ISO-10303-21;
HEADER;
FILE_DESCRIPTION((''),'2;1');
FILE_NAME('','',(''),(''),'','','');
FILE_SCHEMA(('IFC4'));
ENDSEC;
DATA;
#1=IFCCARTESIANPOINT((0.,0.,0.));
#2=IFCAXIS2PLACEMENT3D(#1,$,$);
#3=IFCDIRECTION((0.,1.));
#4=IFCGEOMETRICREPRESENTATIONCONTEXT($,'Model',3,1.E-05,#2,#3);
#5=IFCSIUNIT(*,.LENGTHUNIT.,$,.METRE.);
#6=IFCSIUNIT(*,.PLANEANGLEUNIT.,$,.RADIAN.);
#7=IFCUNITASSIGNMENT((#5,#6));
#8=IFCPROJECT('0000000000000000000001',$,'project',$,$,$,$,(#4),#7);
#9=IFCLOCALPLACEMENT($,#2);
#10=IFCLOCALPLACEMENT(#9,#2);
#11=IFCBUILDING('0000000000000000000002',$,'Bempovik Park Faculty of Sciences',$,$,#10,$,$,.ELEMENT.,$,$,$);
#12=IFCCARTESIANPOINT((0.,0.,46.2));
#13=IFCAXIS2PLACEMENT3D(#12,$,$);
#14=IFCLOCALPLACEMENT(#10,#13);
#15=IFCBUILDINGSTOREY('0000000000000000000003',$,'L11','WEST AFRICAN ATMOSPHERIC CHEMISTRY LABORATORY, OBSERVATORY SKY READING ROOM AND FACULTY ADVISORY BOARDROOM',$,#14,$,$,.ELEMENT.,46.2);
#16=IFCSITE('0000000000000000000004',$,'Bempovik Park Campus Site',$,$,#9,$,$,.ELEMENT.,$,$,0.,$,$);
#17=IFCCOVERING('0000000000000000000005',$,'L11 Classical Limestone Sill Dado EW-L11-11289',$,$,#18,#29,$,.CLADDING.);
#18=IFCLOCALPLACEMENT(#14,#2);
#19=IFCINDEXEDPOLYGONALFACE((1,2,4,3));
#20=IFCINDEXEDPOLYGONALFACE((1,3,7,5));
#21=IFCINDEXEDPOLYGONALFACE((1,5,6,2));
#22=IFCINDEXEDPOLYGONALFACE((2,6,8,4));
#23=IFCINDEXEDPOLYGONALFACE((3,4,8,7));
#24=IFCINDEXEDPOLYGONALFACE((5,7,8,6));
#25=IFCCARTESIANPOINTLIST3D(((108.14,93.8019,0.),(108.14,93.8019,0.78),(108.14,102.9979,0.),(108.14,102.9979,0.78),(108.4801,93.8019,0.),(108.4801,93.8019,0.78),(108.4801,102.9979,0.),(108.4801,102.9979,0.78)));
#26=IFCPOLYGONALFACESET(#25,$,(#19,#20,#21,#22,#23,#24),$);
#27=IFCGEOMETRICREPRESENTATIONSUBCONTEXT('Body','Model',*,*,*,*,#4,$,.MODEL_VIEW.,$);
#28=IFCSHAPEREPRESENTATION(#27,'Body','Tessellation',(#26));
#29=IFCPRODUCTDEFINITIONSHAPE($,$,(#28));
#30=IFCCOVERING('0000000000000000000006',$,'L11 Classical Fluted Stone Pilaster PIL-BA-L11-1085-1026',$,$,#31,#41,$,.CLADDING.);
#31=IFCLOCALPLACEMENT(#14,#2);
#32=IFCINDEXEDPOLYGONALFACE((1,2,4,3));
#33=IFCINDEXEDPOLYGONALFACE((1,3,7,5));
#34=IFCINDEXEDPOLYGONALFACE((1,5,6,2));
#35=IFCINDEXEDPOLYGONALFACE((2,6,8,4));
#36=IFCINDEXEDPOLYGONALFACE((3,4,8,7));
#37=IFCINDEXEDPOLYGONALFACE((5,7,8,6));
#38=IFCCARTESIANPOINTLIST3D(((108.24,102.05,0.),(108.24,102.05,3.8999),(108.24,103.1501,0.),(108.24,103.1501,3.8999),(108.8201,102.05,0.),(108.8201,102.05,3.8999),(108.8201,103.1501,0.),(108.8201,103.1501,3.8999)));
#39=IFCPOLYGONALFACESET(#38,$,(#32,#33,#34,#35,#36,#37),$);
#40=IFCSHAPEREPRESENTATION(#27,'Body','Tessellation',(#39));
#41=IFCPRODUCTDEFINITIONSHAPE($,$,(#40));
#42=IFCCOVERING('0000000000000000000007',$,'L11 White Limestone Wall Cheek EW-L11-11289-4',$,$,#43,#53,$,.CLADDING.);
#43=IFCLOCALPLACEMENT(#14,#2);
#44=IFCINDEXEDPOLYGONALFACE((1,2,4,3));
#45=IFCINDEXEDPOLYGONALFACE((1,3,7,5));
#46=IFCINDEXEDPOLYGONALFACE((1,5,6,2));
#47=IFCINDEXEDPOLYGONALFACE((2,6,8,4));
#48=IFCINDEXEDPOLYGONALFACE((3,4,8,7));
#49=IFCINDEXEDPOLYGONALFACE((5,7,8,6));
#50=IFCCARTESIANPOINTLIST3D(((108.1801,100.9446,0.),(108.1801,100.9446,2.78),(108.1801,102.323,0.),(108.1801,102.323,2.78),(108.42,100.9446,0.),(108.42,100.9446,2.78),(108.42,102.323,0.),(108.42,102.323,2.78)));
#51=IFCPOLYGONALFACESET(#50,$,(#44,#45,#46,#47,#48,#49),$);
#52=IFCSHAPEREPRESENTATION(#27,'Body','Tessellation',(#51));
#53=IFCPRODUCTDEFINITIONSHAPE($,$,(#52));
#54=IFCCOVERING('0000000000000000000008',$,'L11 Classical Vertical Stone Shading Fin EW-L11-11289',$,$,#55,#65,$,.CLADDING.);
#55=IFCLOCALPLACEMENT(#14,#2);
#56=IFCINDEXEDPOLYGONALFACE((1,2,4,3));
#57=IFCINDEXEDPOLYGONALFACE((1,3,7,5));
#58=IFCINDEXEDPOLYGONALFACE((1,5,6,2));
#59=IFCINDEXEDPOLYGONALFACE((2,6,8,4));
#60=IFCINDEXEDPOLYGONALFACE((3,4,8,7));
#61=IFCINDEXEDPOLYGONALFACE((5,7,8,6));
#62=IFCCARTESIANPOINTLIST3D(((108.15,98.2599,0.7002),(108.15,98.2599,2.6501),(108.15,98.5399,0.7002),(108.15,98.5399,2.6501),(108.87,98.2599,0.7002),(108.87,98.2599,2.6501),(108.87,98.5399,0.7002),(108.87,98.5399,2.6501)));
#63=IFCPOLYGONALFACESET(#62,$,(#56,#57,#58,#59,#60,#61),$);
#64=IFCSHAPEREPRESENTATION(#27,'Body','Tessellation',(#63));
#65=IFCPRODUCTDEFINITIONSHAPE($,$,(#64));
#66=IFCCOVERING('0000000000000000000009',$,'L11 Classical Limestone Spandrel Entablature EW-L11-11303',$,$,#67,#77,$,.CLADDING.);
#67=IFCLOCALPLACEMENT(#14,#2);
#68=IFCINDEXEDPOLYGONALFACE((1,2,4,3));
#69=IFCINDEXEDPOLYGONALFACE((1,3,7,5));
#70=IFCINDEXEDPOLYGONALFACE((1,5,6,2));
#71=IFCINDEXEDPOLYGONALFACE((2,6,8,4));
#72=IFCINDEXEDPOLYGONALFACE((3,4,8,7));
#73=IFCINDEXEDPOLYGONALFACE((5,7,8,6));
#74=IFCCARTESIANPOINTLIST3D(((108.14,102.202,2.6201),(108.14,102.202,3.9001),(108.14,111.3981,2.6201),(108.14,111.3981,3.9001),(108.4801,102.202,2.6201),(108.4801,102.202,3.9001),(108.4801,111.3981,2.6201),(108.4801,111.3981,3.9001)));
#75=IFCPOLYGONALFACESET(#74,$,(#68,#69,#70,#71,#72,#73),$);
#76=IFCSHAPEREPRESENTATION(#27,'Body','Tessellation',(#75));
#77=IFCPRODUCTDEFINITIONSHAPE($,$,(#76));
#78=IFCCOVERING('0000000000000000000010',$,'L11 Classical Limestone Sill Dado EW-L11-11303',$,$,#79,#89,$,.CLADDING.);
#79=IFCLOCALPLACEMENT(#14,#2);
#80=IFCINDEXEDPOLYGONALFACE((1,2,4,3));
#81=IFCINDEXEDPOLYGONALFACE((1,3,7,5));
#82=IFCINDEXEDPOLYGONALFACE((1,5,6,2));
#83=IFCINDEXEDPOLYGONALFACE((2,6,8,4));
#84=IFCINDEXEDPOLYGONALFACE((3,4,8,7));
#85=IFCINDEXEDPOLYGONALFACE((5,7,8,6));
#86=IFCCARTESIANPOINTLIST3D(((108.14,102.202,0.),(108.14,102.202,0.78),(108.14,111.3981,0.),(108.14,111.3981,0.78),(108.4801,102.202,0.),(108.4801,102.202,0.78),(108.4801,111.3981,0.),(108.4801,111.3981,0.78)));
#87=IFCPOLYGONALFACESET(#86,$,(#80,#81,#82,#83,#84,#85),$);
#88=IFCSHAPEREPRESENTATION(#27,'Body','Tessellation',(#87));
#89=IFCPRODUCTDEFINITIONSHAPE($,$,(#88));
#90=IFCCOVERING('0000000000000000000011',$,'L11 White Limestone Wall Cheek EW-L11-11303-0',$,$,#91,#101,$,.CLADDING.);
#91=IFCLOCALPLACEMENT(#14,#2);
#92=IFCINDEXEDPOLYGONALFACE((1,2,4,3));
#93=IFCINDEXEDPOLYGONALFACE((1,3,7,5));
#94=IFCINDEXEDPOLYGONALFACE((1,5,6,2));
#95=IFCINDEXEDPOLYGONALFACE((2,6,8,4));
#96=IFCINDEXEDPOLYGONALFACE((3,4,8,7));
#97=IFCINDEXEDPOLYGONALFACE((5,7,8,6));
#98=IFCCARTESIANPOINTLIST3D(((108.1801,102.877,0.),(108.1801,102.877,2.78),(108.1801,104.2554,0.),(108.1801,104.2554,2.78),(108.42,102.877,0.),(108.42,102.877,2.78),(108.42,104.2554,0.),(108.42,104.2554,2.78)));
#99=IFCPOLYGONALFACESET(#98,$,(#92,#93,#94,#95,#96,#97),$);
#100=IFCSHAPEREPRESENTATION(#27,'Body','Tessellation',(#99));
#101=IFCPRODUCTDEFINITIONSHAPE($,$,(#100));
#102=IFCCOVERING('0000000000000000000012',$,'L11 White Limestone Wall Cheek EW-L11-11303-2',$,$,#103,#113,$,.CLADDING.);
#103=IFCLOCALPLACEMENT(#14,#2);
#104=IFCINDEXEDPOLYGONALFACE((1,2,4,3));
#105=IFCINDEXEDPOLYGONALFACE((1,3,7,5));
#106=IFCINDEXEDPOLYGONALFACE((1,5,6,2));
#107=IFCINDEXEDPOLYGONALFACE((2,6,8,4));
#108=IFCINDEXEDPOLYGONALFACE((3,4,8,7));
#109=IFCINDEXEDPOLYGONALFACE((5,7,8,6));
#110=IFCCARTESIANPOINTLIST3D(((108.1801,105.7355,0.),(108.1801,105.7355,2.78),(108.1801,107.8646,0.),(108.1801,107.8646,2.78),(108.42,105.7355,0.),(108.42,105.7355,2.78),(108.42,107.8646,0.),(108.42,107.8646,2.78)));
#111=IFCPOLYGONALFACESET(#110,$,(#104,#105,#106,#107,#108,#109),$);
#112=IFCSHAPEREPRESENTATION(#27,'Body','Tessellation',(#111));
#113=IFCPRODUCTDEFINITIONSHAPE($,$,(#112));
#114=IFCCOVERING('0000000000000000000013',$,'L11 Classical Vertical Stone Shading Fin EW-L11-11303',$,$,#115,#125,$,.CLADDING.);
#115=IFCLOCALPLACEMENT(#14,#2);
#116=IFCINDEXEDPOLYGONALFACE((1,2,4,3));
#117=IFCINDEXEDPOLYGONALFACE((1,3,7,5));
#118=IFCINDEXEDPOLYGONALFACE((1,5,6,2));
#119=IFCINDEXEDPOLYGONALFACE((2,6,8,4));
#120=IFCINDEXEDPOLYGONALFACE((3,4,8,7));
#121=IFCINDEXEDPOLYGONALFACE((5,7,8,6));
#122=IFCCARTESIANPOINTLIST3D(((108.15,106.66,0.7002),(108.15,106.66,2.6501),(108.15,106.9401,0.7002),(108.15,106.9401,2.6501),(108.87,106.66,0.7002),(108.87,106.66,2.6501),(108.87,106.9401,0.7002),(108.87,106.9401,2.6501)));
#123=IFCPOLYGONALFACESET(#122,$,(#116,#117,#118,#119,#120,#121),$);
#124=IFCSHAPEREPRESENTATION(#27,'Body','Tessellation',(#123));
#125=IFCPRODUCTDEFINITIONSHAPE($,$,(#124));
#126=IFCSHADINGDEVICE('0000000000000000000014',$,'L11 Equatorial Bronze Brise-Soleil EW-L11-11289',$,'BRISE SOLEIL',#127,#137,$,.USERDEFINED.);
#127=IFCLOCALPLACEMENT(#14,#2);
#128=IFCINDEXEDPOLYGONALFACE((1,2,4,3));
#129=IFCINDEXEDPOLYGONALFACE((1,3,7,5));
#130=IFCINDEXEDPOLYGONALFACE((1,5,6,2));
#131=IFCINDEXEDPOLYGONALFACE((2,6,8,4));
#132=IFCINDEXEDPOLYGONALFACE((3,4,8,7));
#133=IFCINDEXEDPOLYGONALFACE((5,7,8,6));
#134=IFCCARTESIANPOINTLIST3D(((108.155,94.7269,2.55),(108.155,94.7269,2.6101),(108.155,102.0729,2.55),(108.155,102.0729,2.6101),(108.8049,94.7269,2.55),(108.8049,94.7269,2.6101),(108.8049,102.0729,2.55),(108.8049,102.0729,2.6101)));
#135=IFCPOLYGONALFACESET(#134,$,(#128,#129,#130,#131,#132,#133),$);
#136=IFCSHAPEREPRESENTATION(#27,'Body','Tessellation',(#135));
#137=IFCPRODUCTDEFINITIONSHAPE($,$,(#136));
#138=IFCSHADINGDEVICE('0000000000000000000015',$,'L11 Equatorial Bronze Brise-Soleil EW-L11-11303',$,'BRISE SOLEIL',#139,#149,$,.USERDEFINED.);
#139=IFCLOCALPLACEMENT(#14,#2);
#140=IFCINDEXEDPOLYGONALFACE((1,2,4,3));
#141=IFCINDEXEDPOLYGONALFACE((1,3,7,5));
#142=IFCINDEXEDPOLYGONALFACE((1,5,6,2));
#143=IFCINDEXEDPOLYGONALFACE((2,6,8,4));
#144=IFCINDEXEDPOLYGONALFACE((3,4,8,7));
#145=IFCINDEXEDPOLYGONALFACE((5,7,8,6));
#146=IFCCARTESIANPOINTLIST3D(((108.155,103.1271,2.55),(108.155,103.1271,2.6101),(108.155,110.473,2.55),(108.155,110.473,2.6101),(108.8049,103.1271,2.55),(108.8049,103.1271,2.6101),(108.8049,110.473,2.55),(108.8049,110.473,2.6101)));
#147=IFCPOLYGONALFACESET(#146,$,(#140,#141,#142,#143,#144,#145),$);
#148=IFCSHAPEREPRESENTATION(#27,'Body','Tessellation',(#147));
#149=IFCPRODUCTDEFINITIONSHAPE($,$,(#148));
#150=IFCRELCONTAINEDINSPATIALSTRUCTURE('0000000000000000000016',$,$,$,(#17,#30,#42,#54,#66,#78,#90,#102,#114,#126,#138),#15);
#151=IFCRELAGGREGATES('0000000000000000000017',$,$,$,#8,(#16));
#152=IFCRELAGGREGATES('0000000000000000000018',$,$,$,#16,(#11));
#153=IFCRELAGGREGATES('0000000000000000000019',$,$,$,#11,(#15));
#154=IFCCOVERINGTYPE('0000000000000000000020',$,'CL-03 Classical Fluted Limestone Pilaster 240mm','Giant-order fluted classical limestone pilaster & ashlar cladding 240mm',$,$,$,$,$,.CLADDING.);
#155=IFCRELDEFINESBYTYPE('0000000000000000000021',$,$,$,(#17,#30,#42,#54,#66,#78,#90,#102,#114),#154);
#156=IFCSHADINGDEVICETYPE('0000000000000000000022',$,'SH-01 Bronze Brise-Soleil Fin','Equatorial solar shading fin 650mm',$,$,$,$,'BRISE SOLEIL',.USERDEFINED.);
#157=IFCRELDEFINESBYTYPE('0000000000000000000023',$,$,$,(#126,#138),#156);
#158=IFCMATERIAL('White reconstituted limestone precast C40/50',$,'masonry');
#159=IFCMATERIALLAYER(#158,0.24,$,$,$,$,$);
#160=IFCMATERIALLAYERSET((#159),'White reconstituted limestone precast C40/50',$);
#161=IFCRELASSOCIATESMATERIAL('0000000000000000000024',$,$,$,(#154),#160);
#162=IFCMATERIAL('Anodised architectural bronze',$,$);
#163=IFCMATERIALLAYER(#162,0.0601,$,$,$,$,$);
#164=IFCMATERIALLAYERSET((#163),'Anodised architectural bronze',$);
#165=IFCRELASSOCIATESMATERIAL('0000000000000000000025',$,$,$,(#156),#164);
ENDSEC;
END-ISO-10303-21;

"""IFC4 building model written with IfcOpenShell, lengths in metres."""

from ifc_helpers import new_model, si_unit, direction, frame, origin, origin_2d, place, context, subcontext, project, spatial, rectangle, extrude, material, layer, layer_set, type_object, element, save


model = new_model("IFC4")

# Units and contexts
model_context = context("Model", 3, precision=1e-05, world=origin(), true_north=direction((0.0, 1.0)))
body_context = subcontext(model_context, "Body", "Model", "MODEL_VIEW")
ifc_project = project(units=[si_unit("LENGTHUNIT", "METRE"), si_unit("PLANEANGLEUNIT", "RADIAN")], contexts=[model_context])

# Site, building, storey
site_placement = place(None, origin())
site = spatial("IfcSite", under=ifc_project, at=site_placement, Name="Bempovik Park Campus Site", CompositionType="ELEMENT", RefElevation=0.0)
building_placement = place(site_placement, origin())
building = spatial("IfcBuilding", under=site, at=building_placement, Name="Bempovik Park Faculty of Sciences", CompositionType="ELEMENT")
storey_placement = place(building_placement, frame((0.0, 0.0, 46.2)))
storey = spatial("IfcBuildingStorey", under=building, at=storey_placement, Name="L11", Description="WEST AFRICAN ATMOSPHERIC CHEMISTRY LABORATORY, OBSERVATORY SKY READING ROOM AND FACULTY ADVISORY BOARDROOM", CompositionType="ELEMENT", Elevation=46.2)

# Coverings
ifc_material_1 = material(Name="White reconstituted limestone precast C40/50", Category="masonry")
ifc_layer_1 = layer(ifc_material_1, 0.24)
ifc_layer_set_1 = layer_set([ifc_layer_1], Name="White reconstituted limestone precast C40/50")
covering_type_1 = type_object("IfcCoveringType", Name="CL-03 Classical Fluted Limestone Pilaster 240mm", Description="Giant-order fluted classical limestone pilaster & ashlar cladding 240mm", PredefinedType="CLADDING", material=ifc_layer_set_1)
covering_1_placement = place(storey_placement, frame((108.3101, 98.3999, 0.0), z_axis=(0.0, 0.0, 1.0), x_axis=(1.0, 0.0, 0.0)))
element("IfcCovering", 1, at=covering_1_placement, inside=storey, type_object=covering_type_1, Name="L11 Classical Limestone Sill Dado EW-L11-11289", PredefinedType="CLADDING", context=body_context, shape_type="SweptSolid", body=[
    extrude(rectangle(XDim=0.3401, YDim=9.196, at=origin_2d()), origin(), (0.0, 0.0, 1.0), 0.78),
])
covering_2_placement = place(storey_placement, frame((108.53, 102.6001, 0.0), z_axis=(0.0, 0.0, 1.0), x_axis=(1.0, 0.0, 0.0)))
element("IfcCovering", 2, at=covering_2_placement, inside=storey, type_object=covering_type_1, Name="L11 Classical Fluted Stone Pilaster PIL-BA-L11-1085-1026", PredefinedType="CLADDING", context=body_context, shape_type="SweptSolid", body=[
    extrude(rectangle(XDim=0.5801, YDim=1.1001, at=origin_2d()), origin(), (0.0, 0.0, 1.0), 3.8999),
])
covering_3_placement = place(storey_placement, frame((108.3, 101.6338, 0.0), z_axis=(0.0, 0.0, 1.0), x_axis=(1.0, 0.0, 0.0)))
element("IfcCovering", 3, at=covering_3_placement, inside=storey, type_object=covering_type_1, Name="L11 White Limestone Wall Cheek EW-L11-11289-4", PredefinedType="CLADDING", context=body_context, shape_type="SweptSolid", body=[
    extrude(rectangle(XDim=0.24, YDim=1.3784, at=origin_2d()), origin(), (0.0, 0.0, 1.0), 2.78),
])
covering_4_placement = place(storey_placement, frame((108.51, 98.3999, 0.7002), z_axis=(0.0, 0.0, 1.0), x_axis=(1.0, 0.0, 0.0)))
element("IfcCovering", 4, at=covering_4_placement, inside=storey, type_object=covering_type_1, Name="L11 Classical Vertical Stone Shading Fin EW-L11-11289", PredefinedType="CLADDING", context=body_context, shape_type="SweptSolid", body=[
    extrude(rectangle(XDim=0.72, YDim=0.28, at=origin_2d()), origin(), (0.0, 0.0, 1.0), 1.95),
])
covering_5_placement = place(storey_placement, frame((108.3101, 106.8, 2.6201), z_axis=(0.0, 0.0, 1.0), x_axis=(1.0, 0.0, 0.0)))
element("IfcCovering", 5, at=covering_5_placement, inside=storey, type_object=covering_type_1, Name="L11 Classical Limestone Spandrel Entablature EW-L11-11303", PredefinedType="CLADDING", context=body_context, shape_type="SweptSolid", body=[
    extrude(rectangle(XDim=0.3401, YDim=9.196, at=origin_2d()), origin(), (0.0, 0.0, 1.0), 1.28),
])
covering_6_placement = place(storey_placement, frame((108.3101, 106.8, 0.0), z_axis=(0.0, 0.0, 1.0), x_axis=(1.0, 0.0, 0.0)))
element("IfcCovering", 6, at=covering_6_placement, inside=storey, type_object=covering_type_1, Name="L11 Classical Limestone Sill Dado EW-L11-11303", PredefinedType="CLADDING", context=body_context, shape_type="SweptSolid", body=[
    extrude(rectangle(XDim=0.3401, YDim=9.196, at=origin_2d()), origin(), (0.0, 0.0, 1.0), 0.78),
])
covering_7_placement = place(storey_placement, frame((108.3, 103.5662, 0.0), z_axis=(0.0, 0.0, 1.0), x_axis=(1.0, 0.0, 0.0)))
element("IfcCovering", 7, at=covering_7_placement, inside=storey, type_object=covering_type_1, Name="L11 White Limestone Wall Cheek EW-L11-11303-0", PredefinedType="CLADDING", context=body_context, shape_type="SweptSolid", body=[
    extrude(rectangle(XDim=0.24, YDim=1.3784, at=origin_2d()), origin(), (0.0, 0.0, 1.0), 2.78),
])
covering_8_placement = place(storey_placement, frame((108.3, 106.8, 0.0), z_axis=(0.0, 0.0, 1.0), x_axis=(1.0, 0.0, 0.0)))
element("IfcCovering", 8, at=covering_8_placement, inside=storey, type_object=covering_type_1, Name="L11 White Limestone Wall Cheek EW-L11-11303-2", PredefinedType="CLADDING", context=body_context, shape_type="SweptSolid", body=[
    extrude(rectangle(XDim=0.24, YDim=2.1292, at=origin_2d()), origin(), (0.0, 0.0, 1.0), 2.78),
])
covering_9_placement = place(storey_placement, frame((108.51, 106.8, 0.7002), z_axis=(0.0, 0.0, 1.0), x_axis=(1.0, 0.0, 0.0)))
element("IfcCovering", 9, at=covering_9_placement, inside=storey, type_object=covering_type_1, Name="L11 Classical Vertical Stone Shading Fin EW-L11-11303", PredefinedType="CLADDING", context=body_context, shape_type="SweptSolid", body=[
    extrude(rectangle(XDim=0.72, YDim=0.28, at=origin_2d()), origin(), (0.0, 0.0, 1.0), 1.95),
])

# Shading devices
ifc_material_2 = material(Name="Anodised architectural bronze")
ifc_layer_2 = layer(ifc_material_2, 0.0601)
ifc_layer_set_2 = layer_set([ifc_layer_2], Name="Anodised architectural bronze")
shading_device_type = type_object("IfcShadingDeviceType", Name="SH-01 Bronze Brise-Soleil Fin", Description="Equatorial solar shading fin 650mm", ElementType="BRISE SOLEIL", PredefinedType="USERDEFINED", material=ifc_layer_set_2)
for number, where, z_axis, x_axis, name in (
    (10, (108.48, 98.3999, 2.55), (0.0, 0.0, 1.0), (1.0, 0.0, 0.0), "L11 Equatorial Bronze Brise-Soleil EW-L11-11289"),
    (11, (108.48, 106.8, 2.55), (0.0, 0.0, 1.0), (1.0, 0.0, 0.0), "L11 Equatorial Bronze Brise-Soleil EW-L11-11303"),
):
    element("IfcShadingDevice", number, at=place(storey_placement, frame(where, z_axis=z_axis, x_axis=x_axis)), inside=storey, type_object=shading_device_type, Name=name, ObjectType="BRISE SOLEIL", PredefinedType="USERDEFINED", context=body_context, shape_type="SweptSolid", body=[
        extrude(rectangle(XDim=0.6499, YDim=7.3459, at=origin_2d()), origin(), (0.0, 0.0, 1.0), 0.0601),
    ])

save(model, "model.ifc")
